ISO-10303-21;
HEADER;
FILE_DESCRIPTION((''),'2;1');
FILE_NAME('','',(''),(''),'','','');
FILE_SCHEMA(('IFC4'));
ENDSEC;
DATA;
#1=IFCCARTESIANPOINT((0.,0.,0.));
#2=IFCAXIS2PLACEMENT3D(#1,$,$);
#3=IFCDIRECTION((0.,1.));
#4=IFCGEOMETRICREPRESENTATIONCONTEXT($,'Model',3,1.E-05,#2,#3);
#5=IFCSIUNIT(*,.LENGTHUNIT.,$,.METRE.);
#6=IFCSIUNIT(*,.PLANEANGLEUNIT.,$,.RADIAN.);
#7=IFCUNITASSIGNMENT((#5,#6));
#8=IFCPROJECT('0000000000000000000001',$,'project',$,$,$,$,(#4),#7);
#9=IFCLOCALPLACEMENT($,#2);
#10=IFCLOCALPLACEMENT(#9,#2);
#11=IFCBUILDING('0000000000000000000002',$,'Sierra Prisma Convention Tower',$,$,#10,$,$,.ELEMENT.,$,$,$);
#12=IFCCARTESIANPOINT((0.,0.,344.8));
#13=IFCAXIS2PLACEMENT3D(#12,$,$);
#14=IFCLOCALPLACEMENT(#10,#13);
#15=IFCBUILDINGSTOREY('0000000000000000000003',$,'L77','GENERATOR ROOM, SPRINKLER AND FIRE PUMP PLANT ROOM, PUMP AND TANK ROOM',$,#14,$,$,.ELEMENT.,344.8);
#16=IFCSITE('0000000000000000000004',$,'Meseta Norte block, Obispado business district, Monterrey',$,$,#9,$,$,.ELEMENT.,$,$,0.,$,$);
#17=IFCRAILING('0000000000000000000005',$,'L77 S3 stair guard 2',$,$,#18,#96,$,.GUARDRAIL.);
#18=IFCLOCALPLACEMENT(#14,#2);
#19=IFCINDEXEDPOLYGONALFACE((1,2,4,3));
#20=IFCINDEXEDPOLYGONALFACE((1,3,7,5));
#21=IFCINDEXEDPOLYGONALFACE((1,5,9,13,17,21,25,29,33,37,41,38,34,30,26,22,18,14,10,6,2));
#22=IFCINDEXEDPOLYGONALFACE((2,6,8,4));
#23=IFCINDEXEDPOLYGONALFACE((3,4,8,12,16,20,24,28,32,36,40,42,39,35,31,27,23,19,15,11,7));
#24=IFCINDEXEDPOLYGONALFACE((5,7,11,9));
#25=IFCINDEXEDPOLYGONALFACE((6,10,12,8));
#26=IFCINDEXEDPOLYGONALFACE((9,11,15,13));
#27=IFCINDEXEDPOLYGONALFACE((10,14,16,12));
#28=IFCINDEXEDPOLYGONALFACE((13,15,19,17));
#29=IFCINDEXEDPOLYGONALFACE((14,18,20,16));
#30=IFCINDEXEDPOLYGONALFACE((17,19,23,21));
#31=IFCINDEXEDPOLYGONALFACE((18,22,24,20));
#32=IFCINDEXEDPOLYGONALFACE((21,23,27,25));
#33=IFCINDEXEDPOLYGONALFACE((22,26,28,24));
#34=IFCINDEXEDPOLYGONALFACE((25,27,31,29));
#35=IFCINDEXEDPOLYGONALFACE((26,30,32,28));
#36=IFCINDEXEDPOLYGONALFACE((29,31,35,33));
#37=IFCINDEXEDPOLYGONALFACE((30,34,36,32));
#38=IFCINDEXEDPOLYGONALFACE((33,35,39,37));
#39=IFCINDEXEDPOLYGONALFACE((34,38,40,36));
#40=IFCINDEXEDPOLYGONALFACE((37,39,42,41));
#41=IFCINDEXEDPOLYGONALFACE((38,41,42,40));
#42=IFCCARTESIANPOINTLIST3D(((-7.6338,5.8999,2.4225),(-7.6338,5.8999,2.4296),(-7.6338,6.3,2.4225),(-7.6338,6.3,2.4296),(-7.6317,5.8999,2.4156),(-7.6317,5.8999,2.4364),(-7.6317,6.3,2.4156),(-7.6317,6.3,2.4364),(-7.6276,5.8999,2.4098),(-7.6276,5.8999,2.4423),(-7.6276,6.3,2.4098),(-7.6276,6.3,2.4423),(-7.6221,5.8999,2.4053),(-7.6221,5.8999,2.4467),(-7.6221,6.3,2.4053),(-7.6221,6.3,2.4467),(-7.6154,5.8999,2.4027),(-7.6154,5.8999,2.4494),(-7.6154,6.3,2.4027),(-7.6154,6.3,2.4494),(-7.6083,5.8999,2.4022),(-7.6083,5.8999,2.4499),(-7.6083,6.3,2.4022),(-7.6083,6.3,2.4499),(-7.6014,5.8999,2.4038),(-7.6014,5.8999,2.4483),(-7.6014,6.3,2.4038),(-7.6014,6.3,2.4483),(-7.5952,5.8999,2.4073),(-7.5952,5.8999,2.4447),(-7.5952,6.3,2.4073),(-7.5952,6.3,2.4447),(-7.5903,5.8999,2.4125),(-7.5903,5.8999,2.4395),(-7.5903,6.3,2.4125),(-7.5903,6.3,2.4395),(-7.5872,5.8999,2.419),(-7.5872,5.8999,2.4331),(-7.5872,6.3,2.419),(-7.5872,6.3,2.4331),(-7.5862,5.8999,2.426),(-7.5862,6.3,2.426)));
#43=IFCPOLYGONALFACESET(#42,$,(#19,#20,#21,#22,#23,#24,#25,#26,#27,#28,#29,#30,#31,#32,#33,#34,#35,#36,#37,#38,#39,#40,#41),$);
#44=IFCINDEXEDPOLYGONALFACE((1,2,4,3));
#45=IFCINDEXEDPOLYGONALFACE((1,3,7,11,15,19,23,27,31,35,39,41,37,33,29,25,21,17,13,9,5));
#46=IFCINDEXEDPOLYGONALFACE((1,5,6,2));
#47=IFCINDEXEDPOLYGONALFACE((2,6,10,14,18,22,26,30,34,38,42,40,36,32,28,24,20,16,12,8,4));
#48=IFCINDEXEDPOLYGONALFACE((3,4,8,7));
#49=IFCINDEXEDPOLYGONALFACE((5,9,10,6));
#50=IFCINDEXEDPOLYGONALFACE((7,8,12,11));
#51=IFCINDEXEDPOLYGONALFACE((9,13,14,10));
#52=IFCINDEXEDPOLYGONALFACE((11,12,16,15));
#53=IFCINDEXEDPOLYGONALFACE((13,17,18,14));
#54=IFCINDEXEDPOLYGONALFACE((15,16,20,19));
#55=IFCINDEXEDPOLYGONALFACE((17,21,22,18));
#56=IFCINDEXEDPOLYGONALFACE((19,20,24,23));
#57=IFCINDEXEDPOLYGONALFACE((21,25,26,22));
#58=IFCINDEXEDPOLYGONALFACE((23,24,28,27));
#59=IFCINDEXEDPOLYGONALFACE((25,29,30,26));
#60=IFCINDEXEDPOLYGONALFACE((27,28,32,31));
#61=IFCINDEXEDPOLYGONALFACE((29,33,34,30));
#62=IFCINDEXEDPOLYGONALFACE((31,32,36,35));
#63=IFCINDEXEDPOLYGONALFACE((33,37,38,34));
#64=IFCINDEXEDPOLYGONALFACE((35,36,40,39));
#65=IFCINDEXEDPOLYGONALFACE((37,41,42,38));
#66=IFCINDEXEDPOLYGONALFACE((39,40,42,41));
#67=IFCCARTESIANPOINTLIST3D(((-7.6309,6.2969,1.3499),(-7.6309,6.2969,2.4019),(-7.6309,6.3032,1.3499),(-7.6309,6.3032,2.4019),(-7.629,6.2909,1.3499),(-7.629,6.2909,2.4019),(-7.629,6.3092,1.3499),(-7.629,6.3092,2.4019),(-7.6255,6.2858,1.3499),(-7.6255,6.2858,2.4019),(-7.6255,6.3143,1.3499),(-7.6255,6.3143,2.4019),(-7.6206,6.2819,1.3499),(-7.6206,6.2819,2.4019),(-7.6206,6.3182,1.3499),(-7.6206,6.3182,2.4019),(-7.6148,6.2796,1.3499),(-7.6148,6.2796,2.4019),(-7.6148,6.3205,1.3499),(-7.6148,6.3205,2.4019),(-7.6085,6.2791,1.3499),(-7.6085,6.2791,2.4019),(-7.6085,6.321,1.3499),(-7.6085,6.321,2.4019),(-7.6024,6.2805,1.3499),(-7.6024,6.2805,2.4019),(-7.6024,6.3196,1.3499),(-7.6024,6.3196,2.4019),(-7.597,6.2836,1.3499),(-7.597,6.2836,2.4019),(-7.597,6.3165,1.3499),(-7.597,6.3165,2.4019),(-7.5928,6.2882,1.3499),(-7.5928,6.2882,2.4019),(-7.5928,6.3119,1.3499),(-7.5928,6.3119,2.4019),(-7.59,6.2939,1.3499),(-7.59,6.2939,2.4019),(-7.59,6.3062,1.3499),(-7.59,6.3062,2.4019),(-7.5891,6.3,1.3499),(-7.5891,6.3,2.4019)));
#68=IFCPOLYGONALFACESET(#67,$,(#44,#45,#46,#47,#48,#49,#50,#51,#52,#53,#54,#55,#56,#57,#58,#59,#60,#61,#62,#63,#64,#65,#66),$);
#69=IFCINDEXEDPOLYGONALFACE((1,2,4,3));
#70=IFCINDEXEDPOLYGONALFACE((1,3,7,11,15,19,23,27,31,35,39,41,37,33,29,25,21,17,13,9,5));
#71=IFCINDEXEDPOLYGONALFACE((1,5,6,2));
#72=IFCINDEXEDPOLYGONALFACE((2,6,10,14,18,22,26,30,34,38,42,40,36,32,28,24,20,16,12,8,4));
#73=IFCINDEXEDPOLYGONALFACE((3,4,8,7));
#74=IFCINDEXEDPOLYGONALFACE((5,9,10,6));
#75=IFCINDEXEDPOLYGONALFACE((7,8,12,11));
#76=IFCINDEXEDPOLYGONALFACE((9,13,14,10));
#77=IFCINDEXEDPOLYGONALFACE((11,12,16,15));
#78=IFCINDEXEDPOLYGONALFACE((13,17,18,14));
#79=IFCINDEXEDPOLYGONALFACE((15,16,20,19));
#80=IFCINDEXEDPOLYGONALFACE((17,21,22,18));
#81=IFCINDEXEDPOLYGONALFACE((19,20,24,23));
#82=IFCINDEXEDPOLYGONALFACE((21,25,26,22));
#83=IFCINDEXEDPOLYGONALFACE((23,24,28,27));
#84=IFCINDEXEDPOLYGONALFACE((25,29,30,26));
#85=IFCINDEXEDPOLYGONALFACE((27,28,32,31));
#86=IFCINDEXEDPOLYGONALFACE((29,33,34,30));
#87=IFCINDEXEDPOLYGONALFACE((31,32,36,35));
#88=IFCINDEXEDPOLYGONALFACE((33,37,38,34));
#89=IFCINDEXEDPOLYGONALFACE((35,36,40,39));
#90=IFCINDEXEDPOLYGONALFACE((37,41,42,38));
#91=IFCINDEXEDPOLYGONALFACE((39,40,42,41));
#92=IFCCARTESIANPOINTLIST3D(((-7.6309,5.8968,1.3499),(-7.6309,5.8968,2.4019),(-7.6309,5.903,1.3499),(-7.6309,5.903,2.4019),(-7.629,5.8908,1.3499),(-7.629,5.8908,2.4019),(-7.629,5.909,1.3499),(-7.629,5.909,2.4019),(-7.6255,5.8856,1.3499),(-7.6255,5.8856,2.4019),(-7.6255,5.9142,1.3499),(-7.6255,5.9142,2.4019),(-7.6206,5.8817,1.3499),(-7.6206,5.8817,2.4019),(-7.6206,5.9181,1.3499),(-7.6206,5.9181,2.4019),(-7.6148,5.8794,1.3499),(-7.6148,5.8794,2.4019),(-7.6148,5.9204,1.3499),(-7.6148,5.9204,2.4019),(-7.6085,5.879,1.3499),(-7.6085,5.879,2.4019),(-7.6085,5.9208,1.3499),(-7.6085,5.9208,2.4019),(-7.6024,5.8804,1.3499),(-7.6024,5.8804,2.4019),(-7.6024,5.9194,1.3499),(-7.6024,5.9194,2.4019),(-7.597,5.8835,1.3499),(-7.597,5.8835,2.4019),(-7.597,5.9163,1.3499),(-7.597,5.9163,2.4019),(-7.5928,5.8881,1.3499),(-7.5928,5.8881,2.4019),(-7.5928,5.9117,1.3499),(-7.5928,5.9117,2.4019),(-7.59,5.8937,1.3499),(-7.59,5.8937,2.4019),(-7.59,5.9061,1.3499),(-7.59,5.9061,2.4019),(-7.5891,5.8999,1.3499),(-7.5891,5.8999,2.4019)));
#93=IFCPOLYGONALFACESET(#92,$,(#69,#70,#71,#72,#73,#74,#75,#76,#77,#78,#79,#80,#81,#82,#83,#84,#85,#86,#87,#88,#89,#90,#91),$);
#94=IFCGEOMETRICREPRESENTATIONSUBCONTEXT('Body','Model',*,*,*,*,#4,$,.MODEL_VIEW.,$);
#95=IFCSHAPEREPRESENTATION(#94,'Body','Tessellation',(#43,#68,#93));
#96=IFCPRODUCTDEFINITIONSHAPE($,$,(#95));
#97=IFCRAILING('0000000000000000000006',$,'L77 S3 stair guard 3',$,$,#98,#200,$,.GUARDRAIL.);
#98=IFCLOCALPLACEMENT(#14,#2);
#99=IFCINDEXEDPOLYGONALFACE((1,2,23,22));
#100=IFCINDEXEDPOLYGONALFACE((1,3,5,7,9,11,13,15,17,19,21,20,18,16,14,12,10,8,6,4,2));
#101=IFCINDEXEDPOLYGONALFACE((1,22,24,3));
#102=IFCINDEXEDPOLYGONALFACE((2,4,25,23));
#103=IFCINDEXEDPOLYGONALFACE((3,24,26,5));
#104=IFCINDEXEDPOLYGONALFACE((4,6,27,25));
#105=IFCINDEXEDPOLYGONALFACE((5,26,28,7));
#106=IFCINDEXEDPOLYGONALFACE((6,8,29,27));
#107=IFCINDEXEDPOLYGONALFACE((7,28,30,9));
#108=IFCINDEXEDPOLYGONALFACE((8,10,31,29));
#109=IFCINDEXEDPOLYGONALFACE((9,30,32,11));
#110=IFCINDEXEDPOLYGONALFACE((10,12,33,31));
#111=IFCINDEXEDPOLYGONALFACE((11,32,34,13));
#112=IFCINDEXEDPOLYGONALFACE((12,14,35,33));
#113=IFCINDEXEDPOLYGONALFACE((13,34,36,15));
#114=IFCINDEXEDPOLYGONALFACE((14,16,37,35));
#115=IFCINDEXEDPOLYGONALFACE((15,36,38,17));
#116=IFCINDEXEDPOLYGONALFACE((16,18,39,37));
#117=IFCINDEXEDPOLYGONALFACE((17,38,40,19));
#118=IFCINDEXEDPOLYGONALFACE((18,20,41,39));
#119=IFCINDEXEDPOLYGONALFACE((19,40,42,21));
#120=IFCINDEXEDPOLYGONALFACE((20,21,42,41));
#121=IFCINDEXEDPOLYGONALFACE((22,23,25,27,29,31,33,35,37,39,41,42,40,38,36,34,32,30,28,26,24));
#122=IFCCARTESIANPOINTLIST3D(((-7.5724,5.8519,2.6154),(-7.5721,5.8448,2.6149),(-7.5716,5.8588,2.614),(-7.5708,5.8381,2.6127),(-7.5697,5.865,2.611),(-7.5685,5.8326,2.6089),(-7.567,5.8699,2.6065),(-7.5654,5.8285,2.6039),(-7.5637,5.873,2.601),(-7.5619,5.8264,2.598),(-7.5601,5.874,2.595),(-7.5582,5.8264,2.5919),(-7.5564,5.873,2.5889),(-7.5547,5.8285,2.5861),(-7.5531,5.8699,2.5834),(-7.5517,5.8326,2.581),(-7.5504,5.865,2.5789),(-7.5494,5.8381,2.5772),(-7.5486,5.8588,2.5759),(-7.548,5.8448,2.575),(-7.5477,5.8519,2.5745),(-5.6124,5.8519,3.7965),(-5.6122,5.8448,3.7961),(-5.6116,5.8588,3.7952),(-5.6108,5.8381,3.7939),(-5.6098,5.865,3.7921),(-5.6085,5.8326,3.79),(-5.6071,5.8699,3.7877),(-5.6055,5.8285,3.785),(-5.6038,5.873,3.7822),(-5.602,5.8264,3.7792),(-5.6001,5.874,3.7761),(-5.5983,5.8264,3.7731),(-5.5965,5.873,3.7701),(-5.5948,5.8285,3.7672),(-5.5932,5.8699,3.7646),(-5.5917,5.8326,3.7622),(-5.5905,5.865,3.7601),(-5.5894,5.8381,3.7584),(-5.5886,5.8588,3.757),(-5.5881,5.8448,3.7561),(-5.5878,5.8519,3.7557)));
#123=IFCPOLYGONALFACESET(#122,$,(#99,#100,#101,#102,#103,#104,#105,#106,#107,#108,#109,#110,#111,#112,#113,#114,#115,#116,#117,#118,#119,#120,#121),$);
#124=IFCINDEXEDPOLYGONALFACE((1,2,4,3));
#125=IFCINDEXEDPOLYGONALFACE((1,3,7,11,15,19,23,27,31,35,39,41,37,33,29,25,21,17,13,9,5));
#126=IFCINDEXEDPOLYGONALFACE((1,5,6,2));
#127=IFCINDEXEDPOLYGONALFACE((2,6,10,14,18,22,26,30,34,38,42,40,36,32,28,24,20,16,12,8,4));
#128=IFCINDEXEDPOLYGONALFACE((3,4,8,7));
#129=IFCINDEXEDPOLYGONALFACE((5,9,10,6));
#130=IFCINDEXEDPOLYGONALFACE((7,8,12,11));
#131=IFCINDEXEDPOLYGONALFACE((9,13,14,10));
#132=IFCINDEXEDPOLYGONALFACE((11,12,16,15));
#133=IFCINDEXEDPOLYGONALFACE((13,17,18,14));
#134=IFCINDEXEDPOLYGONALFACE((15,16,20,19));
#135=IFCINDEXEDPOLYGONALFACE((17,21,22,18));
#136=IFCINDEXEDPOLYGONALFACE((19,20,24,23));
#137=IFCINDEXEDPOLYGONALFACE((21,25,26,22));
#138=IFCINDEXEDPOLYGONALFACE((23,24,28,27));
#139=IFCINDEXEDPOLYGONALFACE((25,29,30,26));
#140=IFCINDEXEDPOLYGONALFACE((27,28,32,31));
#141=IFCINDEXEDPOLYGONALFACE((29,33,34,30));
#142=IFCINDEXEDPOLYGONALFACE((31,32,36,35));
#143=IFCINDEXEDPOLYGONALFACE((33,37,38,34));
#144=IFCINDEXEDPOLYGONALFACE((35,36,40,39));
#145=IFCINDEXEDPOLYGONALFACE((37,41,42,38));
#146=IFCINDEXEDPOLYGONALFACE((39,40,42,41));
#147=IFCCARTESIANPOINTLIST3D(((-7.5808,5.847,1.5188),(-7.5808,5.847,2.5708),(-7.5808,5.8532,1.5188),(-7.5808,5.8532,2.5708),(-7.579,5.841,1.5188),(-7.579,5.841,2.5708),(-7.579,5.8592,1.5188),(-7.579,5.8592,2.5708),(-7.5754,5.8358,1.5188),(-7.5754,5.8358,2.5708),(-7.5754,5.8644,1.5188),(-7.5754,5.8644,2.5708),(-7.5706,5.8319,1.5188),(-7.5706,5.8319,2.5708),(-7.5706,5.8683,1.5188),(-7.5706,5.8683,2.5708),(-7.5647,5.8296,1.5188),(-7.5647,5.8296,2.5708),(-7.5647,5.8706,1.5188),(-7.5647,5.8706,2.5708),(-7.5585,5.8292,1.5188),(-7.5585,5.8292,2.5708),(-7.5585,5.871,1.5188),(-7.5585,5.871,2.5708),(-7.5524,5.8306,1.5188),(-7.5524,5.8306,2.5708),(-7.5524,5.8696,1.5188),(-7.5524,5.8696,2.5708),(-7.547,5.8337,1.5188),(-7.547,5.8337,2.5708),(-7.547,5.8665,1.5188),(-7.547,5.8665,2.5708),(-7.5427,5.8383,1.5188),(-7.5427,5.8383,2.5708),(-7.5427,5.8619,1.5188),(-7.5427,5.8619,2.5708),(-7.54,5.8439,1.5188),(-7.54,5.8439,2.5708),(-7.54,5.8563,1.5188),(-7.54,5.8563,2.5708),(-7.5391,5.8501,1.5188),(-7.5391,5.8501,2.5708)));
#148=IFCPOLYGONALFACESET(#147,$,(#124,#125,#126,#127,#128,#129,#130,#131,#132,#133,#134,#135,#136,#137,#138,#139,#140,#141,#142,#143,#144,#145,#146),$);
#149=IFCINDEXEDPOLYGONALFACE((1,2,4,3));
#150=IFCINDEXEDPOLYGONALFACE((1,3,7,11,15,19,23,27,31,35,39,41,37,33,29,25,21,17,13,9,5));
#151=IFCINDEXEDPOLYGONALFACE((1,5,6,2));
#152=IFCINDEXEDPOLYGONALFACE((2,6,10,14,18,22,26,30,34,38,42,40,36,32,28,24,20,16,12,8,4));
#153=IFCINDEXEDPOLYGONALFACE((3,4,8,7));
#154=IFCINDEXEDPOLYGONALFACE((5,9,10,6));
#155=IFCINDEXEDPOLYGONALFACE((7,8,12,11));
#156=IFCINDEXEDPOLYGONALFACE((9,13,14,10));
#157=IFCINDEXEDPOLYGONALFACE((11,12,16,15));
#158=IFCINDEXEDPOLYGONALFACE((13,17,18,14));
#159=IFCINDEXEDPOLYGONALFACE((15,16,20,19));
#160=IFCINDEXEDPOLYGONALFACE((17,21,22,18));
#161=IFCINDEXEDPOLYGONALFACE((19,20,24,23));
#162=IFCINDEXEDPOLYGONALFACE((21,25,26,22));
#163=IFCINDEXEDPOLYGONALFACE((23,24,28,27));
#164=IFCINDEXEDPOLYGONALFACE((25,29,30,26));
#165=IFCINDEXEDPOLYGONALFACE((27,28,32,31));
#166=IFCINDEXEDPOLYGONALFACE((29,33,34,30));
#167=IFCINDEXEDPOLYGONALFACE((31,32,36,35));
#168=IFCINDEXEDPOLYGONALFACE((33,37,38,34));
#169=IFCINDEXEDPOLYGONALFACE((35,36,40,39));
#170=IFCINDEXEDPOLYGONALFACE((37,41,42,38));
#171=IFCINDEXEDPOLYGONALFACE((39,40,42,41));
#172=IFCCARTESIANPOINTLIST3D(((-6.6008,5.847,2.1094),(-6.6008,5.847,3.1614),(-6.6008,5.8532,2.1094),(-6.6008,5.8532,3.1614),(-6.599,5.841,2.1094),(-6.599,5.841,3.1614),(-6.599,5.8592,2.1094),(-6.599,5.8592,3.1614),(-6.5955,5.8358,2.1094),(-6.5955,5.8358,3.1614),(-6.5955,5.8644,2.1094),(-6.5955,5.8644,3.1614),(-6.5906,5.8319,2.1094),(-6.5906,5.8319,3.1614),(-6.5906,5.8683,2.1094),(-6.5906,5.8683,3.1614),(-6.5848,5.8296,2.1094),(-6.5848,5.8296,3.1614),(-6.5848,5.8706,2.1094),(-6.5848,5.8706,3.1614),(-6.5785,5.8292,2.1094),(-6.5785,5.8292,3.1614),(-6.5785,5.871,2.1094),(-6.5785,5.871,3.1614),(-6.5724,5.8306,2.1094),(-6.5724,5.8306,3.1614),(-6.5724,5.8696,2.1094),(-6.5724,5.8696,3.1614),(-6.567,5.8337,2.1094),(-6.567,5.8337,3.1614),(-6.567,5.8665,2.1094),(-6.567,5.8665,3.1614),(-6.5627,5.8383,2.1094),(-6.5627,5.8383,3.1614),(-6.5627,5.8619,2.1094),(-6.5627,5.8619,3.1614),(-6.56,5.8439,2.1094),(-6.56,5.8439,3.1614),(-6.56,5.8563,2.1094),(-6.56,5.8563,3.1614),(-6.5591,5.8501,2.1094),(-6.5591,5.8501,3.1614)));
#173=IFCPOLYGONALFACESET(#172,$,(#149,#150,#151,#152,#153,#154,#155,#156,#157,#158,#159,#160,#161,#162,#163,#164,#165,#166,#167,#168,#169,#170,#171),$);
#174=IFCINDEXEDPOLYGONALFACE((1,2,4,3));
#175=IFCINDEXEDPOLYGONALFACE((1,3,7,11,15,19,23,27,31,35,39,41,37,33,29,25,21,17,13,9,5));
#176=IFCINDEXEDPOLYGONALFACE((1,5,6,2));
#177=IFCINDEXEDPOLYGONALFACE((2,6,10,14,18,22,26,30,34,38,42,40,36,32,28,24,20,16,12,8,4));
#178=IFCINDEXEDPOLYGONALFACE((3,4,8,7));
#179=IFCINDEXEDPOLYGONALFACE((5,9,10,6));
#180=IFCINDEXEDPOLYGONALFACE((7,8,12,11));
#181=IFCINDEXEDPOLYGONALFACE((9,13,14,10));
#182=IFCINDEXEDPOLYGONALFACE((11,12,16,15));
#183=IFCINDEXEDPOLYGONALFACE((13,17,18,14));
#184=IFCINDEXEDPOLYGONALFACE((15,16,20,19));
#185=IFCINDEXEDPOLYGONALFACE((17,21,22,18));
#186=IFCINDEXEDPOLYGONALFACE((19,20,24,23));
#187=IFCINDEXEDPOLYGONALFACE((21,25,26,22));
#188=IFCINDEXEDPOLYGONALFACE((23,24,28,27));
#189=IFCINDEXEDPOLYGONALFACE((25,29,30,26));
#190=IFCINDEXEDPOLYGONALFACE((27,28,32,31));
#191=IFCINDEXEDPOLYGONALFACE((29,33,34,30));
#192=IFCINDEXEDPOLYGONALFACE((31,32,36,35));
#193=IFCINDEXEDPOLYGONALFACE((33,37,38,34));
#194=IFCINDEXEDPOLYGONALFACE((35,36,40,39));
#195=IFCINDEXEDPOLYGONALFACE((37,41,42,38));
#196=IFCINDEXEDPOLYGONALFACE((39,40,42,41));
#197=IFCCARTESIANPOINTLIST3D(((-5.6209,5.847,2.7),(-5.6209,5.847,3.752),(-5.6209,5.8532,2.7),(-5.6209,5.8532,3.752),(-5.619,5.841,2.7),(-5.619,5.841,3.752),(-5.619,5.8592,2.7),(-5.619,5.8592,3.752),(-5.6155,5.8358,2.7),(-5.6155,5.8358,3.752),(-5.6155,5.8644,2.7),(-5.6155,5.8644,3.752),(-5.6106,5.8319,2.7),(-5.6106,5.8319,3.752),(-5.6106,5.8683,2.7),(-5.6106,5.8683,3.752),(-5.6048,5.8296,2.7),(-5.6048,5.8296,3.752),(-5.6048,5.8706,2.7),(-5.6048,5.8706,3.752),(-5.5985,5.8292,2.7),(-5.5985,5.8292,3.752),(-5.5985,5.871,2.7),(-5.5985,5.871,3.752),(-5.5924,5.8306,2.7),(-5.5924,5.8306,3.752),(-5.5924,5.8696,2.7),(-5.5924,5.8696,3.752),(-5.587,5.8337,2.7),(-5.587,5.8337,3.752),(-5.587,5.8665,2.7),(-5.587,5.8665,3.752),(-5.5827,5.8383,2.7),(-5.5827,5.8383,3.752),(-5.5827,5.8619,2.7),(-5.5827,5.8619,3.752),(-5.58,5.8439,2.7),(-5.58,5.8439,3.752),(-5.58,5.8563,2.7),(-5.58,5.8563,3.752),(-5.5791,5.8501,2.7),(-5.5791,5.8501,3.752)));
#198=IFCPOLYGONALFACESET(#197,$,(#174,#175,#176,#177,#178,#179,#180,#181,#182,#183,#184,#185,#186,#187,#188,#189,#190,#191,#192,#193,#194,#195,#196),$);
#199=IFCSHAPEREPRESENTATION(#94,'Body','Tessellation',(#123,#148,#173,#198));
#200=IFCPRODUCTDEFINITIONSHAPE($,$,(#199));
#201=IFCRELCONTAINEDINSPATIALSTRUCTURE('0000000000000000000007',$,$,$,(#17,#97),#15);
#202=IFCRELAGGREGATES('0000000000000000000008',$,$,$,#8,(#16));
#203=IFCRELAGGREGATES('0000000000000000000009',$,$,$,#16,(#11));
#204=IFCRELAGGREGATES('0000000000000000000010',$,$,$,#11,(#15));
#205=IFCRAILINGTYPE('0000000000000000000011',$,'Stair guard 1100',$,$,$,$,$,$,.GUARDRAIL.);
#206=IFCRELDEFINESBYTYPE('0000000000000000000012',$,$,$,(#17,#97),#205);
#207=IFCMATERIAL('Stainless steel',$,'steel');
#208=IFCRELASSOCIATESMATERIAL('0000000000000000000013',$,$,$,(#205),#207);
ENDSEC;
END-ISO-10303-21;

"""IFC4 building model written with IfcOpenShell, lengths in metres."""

from ifc_helpers import new_model, si_unit, direction, frame, origin, origin_2d, place, context, subcontext, project, spatial, circle, extrude, material, type_object, element, save


model = new_model("IFC4")

# Units and contexts
model_context = context("Model", 3, precision=1e-05, world=origin(), true_north=direction((0.0, 1.0)))
body_context = subcontext(model_context, "Body", "Model", "MODEL_VIEW")
ifc_project = project(units=[si_unit("LENGTHUNIT", "METRE"), si_unit("PLANEANGLEUNIT", "RADIAN")], contexts=[model_context])

# Site, building, storey
site_placement = place(None, origin())
site = spatial("IfcSite", under=ifc_project, at=site_placement, Name="Meseta Norte block, Obispado business district, Monterrey", CompositionType="ELEMENT", RefElevation=0.0)
building_placement = place(site_placement, origin())
building = spatial("IfcBuilding", under=site, at=building_placement, Name="Sierra Prisma Convention Tower", CompositionType="ELEMENT")
storey_placement = place(building_placement, frame((0.0, 0.0, 344.8)))
storey = spatial("IfcBuildingStorey", under=building, at=storey_placement, Name="L77", Description="GENERATOR ROOM, SPRINKLER AND FIRE PUMP PLANT ROOM, PUMP AND TANK ROOM", CompositionType="ELEMENT", Elevation=344.8)

# Railings
ifc_material_1 = material(Name="Stainless steel", Category="steel")
railing_type_1 = type_object("IfcRailingType", Name="Stair guard 1100", PredefinedType="GUARDRAIL", material=ifc_material_1)
railing_1_placement = place(storey_placement, frame((-7.6101, 6.3, 1.3499)))
element("IfcRailing", 1, at=railing_1_placement, inside=storey, type_object=railing_type_1, Name="L77 S3 stair guard 2", PredefinedType="GUARDRAIL", context=body_context, shape_type="SweptSolid", body=[
    extrude(circle(Radius=0.0239, at=origin_2d()), frame((0.0, 0.0, 1.0762), z_axis=(0.0, -1.0, 0.0), x_axis=(1.0, 0.0, 0.0)), (0.0, 0.0, 1.0), 0.4001),
    extrude(circle(Radius=0.021, at=origin_2d()), origin(), (0.0, 0.0, 1.0), 1.052),
    extrude(circle(Radius=0.021, at=origin_2d()), frame((0.0, -0.4001, 0.0)), (0.0, 0.0, 1.0), 1.052),
])
railing_2_placement = place(storey_placement, frame((-7.5601, 5.8501, 1.5188)))
element("IfcRailing", 2, at=railing_2_placement, inside=storey, type_object=railing_type_1, Name="L77 S3 stair guard 3", PredefinedType="GUARDRAIL", context=body_context, shape_type="SweptSolid", body=[
    extrude(circle(Radius=0.0239, at=origin_2d()), frame((0.0, 0.0, 1.0762), z_axis=(0.856493, 0.0, 0.516158), x_axis=(0.0, 1.0, 0.0)), (0.0, 0.0, 1.0), 2.2883),
    extrude(circle(Radius=0.021, at=origin_2d()), origin(), (0.0, 0.0, 1.0), 1.052),
    extrude(circle(Radius=0.021, at=origin_2d()), frame((0.98, 0.0, 0.5906)), (0.0, 0.0, 1.0), 1.052),
    extrude(circle(Radius=0.021, at=origin_2d()), frame((1.96, 0.0, 1.1812)), (0.0, 0.0, 1.0), 1.052),
])

save(model, "model.ifc")
